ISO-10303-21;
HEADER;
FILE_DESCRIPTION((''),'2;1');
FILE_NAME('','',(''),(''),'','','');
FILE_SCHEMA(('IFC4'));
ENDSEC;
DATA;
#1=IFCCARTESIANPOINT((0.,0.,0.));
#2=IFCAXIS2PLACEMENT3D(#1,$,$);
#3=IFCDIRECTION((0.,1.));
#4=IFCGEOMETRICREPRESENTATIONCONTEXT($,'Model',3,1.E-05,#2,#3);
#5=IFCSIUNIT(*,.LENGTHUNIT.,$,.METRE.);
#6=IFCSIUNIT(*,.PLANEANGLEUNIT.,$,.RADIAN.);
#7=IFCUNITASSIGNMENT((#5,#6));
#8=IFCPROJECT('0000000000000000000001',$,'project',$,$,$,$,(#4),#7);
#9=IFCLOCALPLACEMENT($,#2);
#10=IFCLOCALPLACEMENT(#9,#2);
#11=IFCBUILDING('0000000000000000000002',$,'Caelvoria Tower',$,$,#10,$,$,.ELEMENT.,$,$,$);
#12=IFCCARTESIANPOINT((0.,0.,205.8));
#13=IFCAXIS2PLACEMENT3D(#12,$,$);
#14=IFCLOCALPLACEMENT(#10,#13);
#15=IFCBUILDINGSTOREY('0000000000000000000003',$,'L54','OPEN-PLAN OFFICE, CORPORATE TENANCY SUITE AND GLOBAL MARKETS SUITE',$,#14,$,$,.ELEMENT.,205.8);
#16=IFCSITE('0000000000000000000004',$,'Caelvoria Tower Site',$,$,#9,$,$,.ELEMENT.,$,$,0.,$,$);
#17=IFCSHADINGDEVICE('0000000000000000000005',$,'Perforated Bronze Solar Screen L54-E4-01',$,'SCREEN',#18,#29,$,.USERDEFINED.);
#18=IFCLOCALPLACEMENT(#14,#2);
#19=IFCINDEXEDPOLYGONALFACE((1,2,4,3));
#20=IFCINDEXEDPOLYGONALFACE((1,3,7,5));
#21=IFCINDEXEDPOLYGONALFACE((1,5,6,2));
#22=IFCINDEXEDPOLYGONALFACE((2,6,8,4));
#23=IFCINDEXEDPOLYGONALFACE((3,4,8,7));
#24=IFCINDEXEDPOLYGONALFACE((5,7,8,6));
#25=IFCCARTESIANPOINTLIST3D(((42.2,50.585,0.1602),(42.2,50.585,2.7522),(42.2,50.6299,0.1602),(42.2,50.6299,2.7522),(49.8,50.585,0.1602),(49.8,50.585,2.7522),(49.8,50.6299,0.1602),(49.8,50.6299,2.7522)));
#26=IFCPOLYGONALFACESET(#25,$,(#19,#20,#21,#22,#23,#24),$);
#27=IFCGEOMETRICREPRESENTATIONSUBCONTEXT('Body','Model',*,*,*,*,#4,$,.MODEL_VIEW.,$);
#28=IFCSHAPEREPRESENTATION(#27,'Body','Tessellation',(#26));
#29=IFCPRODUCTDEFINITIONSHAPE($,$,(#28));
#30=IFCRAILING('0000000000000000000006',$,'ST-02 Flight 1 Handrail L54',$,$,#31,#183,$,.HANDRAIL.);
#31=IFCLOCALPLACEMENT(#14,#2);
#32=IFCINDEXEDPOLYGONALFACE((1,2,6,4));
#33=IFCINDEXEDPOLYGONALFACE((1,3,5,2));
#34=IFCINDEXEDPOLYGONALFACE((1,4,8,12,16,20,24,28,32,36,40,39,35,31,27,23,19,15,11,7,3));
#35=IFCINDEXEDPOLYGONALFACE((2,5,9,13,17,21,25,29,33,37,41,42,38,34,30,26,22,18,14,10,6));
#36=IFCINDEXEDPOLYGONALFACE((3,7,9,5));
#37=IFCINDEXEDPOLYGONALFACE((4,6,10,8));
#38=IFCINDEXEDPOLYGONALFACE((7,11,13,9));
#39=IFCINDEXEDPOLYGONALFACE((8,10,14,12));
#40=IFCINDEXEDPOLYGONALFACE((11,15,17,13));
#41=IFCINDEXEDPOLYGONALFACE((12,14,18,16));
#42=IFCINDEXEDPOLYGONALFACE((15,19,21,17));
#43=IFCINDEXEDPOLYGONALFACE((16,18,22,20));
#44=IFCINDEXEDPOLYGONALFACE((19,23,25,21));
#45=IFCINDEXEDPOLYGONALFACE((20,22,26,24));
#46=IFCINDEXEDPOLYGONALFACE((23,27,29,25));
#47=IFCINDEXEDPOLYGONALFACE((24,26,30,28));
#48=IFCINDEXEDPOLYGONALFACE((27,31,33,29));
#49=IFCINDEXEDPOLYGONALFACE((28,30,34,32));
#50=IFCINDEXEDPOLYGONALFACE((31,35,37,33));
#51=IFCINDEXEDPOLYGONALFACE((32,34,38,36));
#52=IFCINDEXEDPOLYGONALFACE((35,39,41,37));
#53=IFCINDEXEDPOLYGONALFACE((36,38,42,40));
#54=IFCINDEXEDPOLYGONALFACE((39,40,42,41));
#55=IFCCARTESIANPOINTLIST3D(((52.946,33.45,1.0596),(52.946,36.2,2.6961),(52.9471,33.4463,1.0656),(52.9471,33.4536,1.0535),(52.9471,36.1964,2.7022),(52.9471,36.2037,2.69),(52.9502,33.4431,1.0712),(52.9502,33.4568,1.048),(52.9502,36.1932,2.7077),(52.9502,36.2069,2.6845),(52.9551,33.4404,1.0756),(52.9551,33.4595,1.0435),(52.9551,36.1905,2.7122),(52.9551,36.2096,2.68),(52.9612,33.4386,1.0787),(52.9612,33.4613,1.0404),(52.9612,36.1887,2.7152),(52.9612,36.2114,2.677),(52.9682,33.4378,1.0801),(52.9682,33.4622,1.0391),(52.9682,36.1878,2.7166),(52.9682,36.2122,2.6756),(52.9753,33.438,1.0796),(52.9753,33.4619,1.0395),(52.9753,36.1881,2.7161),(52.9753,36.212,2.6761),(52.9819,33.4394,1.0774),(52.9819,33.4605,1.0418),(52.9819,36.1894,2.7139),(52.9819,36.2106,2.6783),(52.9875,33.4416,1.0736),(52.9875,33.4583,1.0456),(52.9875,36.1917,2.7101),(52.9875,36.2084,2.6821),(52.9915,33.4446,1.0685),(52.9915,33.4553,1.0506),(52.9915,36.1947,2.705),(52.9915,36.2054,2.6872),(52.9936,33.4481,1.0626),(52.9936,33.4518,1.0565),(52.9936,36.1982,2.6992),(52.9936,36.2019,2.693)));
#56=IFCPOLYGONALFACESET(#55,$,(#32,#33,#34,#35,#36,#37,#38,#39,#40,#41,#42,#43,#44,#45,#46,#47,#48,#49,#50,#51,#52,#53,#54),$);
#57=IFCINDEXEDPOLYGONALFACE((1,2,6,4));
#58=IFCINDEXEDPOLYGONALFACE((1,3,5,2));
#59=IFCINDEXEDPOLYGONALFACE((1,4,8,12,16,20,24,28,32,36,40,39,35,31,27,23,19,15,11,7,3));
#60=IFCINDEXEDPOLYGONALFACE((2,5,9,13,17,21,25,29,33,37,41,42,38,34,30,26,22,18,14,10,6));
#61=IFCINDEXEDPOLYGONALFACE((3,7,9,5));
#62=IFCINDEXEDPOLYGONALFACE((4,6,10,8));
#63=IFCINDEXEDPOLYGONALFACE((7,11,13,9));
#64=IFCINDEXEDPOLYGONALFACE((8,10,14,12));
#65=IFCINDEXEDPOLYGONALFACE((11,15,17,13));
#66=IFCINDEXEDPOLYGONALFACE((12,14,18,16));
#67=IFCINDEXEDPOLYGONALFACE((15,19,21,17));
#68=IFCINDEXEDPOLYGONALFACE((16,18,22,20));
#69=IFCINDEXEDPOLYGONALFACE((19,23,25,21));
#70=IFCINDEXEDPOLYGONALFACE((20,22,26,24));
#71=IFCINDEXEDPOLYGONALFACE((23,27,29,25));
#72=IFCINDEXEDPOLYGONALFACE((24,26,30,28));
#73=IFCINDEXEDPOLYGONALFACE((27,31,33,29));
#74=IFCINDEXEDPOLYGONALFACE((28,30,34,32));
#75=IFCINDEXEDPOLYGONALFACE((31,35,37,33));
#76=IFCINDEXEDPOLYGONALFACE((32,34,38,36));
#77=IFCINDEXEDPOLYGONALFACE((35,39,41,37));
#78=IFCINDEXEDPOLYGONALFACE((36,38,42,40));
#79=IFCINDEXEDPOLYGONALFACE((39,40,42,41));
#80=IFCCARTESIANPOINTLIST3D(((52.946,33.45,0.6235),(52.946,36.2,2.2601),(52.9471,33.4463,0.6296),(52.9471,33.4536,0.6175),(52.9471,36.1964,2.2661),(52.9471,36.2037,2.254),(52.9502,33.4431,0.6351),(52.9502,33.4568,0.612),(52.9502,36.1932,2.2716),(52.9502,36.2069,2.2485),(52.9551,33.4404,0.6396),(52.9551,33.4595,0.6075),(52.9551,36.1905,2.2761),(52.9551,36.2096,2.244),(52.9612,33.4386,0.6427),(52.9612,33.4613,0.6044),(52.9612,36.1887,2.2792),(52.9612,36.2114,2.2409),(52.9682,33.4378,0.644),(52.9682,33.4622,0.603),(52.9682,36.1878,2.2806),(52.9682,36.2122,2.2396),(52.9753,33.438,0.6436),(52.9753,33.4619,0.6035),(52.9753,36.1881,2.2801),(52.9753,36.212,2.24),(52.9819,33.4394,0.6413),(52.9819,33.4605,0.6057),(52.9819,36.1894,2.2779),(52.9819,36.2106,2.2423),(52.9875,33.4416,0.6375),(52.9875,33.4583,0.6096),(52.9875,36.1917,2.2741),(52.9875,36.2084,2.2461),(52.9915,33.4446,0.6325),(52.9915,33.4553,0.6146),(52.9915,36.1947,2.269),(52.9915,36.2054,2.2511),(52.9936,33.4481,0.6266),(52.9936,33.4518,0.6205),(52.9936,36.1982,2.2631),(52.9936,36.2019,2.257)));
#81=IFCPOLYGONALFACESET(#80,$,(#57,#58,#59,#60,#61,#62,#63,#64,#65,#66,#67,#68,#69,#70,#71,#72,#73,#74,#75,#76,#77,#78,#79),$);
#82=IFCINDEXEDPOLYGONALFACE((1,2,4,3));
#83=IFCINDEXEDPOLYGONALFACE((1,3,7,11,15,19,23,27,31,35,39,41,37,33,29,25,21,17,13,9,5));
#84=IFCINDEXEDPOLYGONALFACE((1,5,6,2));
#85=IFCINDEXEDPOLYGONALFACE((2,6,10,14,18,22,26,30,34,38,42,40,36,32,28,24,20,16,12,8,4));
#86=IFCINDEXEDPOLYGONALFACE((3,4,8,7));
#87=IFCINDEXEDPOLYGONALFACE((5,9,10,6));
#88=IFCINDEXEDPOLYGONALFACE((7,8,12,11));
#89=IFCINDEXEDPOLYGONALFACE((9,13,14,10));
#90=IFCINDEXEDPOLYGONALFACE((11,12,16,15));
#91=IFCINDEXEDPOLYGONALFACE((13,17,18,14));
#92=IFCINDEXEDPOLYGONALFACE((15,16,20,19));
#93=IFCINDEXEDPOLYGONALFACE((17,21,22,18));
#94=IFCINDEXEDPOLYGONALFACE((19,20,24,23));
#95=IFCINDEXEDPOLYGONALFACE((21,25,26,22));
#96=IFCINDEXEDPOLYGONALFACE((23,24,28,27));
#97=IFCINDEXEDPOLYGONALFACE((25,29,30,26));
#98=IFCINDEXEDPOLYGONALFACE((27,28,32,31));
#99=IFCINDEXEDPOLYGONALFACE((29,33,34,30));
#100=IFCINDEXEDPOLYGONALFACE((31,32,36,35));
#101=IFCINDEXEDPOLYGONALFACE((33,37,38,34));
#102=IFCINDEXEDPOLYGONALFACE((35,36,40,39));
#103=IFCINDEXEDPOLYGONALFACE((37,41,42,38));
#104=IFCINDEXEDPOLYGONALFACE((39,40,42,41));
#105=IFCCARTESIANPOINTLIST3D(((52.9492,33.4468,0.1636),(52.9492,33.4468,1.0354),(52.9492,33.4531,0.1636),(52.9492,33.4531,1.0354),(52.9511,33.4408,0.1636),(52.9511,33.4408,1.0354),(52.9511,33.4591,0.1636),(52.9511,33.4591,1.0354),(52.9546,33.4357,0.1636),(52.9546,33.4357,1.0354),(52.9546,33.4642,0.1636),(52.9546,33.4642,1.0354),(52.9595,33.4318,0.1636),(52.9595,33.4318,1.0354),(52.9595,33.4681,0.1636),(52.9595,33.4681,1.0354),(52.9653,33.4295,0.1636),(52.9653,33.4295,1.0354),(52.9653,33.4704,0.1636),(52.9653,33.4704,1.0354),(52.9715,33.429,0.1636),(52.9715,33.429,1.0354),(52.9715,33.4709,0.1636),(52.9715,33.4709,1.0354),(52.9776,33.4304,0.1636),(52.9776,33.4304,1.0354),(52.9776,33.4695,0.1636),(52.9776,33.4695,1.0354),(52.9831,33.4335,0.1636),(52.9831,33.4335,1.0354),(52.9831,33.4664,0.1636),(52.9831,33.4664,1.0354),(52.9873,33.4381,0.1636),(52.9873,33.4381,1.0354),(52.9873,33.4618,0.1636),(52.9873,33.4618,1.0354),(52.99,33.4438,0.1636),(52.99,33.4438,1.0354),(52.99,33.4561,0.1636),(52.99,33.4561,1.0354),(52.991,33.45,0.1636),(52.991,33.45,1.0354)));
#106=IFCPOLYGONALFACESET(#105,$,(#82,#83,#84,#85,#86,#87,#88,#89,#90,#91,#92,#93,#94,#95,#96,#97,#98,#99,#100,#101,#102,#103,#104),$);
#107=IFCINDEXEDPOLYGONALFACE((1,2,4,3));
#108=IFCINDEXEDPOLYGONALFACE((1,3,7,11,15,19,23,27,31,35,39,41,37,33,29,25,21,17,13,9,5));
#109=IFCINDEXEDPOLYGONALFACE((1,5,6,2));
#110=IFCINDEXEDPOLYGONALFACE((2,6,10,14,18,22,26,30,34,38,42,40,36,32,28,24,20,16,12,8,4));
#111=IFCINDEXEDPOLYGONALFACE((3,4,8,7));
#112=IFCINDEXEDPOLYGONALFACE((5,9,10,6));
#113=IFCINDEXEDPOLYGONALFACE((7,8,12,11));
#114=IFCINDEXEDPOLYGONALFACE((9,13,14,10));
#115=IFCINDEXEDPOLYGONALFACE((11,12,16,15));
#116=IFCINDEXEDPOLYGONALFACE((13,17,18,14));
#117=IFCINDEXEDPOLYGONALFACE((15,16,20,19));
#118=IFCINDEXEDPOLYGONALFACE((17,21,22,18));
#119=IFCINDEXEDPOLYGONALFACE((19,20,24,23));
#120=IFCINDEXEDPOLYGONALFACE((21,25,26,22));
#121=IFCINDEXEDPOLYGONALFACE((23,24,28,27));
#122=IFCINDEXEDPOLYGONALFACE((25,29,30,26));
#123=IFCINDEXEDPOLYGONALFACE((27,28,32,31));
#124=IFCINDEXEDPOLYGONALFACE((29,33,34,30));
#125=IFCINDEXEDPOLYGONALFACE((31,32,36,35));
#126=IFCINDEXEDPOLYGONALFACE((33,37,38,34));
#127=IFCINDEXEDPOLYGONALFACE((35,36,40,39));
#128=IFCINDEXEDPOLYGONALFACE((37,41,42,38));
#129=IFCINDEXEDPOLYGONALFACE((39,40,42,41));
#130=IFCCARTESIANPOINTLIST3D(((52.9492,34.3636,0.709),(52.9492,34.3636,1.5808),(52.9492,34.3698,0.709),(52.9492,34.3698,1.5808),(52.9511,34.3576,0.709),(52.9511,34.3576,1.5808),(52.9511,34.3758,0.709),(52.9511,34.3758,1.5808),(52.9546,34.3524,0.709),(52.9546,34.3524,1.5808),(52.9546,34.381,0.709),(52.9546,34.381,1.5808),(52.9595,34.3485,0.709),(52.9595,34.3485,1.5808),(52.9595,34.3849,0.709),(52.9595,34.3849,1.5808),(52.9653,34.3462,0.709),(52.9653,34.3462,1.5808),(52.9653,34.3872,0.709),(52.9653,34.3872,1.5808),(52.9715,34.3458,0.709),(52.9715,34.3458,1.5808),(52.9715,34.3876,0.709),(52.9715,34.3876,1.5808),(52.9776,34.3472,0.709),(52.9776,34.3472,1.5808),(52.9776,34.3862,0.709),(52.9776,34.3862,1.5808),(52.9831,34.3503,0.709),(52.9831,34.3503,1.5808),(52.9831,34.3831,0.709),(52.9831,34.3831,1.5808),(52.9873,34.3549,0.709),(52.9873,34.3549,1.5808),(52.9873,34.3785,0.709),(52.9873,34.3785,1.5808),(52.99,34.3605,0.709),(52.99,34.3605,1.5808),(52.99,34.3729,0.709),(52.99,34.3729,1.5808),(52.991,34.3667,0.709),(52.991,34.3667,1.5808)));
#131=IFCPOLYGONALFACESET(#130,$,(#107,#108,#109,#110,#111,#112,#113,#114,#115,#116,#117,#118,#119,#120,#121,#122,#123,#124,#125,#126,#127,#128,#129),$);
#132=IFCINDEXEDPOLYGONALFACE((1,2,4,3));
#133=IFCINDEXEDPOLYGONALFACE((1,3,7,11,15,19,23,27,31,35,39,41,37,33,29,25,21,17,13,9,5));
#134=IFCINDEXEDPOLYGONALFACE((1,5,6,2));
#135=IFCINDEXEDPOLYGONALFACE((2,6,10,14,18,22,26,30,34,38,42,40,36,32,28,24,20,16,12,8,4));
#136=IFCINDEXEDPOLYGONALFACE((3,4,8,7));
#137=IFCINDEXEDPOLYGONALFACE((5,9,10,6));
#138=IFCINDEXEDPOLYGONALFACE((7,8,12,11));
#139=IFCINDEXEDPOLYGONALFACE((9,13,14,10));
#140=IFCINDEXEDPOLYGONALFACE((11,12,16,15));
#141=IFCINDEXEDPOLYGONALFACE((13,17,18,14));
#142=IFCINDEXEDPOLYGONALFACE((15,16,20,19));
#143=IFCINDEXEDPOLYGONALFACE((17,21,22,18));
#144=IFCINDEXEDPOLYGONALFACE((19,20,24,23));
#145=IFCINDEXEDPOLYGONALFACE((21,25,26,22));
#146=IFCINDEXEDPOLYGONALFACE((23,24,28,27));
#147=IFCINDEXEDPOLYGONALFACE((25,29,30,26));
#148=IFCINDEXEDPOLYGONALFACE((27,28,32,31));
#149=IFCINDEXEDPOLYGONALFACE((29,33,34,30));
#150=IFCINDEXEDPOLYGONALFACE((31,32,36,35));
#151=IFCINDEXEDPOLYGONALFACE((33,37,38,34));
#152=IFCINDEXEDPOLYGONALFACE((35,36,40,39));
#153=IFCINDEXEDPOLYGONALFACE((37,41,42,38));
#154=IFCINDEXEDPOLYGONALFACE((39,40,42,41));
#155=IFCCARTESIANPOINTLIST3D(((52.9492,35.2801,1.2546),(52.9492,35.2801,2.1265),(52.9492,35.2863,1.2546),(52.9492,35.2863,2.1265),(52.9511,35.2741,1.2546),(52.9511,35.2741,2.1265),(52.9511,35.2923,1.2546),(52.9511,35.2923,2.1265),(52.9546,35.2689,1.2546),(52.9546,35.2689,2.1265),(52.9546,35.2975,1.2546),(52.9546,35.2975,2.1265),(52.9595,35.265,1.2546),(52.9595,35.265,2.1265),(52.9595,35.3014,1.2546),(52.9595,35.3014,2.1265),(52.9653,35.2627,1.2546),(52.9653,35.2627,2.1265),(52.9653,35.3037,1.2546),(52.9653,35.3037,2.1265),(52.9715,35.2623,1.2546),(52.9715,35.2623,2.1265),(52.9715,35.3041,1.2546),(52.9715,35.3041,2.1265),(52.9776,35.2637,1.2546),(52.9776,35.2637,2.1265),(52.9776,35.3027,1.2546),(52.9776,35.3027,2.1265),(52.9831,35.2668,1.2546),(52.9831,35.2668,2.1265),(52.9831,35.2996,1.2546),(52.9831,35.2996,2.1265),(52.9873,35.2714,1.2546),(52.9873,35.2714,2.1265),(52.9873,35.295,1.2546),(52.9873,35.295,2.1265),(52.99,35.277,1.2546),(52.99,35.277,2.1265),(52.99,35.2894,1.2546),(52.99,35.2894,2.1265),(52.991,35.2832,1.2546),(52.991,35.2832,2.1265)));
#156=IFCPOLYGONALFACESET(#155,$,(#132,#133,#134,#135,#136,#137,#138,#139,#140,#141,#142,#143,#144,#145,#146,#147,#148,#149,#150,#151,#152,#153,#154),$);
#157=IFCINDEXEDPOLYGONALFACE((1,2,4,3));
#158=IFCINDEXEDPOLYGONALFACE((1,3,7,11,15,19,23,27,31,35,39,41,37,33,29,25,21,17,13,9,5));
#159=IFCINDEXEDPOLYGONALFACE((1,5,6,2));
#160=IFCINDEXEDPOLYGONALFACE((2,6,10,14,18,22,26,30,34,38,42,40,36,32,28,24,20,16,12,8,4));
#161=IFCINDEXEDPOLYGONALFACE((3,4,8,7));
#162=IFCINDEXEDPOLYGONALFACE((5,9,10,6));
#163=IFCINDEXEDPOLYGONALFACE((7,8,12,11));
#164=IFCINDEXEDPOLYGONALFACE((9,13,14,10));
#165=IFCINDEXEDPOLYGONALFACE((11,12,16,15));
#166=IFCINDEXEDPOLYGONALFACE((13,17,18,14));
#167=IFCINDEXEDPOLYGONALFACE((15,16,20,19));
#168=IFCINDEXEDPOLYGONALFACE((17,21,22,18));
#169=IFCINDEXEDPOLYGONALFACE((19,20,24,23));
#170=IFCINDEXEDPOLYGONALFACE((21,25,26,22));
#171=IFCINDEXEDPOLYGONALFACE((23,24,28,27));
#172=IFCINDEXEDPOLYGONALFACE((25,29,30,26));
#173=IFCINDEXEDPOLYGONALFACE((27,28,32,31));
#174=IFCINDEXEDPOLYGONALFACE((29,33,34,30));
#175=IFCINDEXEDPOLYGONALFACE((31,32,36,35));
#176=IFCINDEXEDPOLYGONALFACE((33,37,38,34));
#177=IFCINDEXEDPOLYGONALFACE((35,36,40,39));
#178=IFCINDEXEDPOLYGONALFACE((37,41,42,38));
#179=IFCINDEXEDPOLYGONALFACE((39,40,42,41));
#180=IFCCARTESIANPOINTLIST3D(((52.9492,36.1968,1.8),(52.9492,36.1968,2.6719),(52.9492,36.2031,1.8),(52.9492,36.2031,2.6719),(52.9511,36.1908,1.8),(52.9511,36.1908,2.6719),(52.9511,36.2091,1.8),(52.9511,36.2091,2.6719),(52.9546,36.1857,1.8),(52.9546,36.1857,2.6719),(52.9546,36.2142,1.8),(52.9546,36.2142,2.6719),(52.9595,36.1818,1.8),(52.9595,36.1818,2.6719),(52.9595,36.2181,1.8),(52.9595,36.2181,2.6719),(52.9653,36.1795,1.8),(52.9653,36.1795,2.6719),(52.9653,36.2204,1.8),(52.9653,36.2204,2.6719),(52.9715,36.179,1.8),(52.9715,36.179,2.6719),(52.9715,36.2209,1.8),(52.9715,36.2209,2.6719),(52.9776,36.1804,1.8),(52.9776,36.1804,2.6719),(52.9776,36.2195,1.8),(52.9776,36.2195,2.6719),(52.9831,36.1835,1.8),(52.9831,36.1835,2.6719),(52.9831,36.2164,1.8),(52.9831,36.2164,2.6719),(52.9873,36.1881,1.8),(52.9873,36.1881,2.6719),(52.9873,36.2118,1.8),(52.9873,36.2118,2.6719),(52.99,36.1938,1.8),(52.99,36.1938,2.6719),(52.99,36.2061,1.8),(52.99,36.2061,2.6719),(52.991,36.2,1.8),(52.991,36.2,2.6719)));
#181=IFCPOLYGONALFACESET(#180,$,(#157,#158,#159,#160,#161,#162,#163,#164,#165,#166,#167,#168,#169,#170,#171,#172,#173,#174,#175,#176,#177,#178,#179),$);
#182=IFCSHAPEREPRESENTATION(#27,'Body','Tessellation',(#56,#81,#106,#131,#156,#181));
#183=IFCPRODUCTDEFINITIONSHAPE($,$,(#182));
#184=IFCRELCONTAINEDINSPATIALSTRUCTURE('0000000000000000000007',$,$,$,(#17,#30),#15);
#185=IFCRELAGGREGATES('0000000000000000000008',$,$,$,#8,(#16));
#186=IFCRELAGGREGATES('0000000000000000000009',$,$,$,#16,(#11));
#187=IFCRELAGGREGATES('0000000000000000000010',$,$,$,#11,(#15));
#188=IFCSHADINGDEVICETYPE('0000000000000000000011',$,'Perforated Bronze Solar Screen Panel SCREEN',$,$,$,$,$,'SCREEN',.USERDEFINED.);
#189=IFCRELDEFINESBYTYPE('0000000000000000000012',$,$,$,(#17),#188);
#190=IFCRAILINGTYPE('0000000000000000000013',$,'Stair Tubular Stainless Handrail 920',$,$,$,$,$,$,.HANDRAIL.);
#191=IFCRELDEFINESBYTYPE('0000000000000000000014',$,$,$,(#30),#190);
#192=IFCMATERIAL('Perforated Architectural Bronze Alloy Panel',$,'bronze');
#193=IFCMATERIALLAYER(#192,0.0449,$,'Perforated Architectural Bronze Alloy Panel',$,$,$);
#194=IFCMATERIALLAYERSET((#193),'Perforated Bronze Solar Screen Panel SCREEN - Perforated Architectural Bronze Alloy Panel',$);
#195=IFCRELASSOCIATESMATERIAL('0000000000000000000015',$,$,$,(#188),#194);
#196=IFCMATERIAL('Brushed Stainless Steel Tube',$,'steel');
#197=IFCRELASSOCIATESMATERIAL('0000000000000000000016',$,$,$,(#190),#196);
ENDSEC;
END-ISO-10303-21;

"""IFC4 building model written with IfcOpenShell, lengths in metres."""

from ifc_helpers import new_model, si_unit, direction, frame, origin, origin_2d, place, context, subcontext, project, spatial, rectangle, circle, extrude, material, layer, layer_set, type_object, element, save


model = new_model("IFC4")

# Units and contexts
model_context = context("Model", 3, precision=1e-05, world=origin(), true_north=direction((0.0, 1.0)))
body_context = subcontext(model_context, "Body", "Model", "MODEL_VIEW")
ifc_project = project(units=[si_unit("LENGTHUNIT", "METRE"), si_unit("PLANEANGLEUNIT", "RADIAN")], contexts=[model_context])

# Site, building, storey
site_placement = place(None, origin())
site = spatial("IfcSite", under=ifc_project, at=site_placement, Name="Caelvoria Tower Site", CompositionType="ELEMENT", RefElevation=0.0)
building_placement = place(site_placement, origin())
building = spatial("IfcBuilding", under=site, at=building_placement, Name="Caelvoria Tower", CompositionType="ELEMENT")
storey_placement = place(building_placement, frame((0.0, 0.0, 205.8)))
storey = spatial("IfcBuildingStorey", under=building, at=storey_placement, Name="L54", Description="OPEN-PLAN OFFICE, CORPORATE TENANCY SUITE AND GLOBAL MARKETS SUITE", CompositionType="ELEMENT", Elevation=205.8)

# Shading device
ifc_material_1 = material(Name="Perforated Architectural Bronze Alloy Panel", Category="bronze")
ifc_layer_1 = layer(ifc_material_1, 0.0449, Name="Perforated Architectural Bronze Alloy Panel")
ifc_layer_set_1 = layer_set([ifc_layer_1], Name="Perforated Bronze Solar Screen Panel SCREEN - Perforated Architectural Bronze Alloy Panel")
shading_device_type = type_object("IfcShadingDeviceType", Name="Perforated Bronze Solar Screen Panel SCREEN", ElementType="SCREEN", PredefinedType="USERDEFINED", material=ifc_layer_set_1)
for number, where, z_axis, x_axis, name in (
    (1, (46.0, 50.6074, 0.1602), (0.0, 0.0, 1.0), (-1.0, 0.0, 0.0), "Perforated Bronze Solar Screen L54-E4-01"),
):
    element("IfcShadingDevice", number, at=place(storey_placement, frame(where, z_axis=z_axis, x_axis=x_axis)), inside=storey, type_object=shading_device_type, Name=name, ObjectType="SCREEN", PredefinedType="USERDEFINED", context=body_context, shape_type="SweptSolid", body=[
        extrude(rectangle(XDim=7.6001, YDim=0.0449, at=origin_2d()), origin(), (0.0, 0.0, 1.0), 2.592),
    ])

# Railing
ifc_material_2 = material(Name="Brushed Stainless Steel Tube", Category="steel")
railing_type_1 = type_object("IfcRailingType", Name="Stair Tubular Stainless Handrail 920", PredefinedType="HANDRAIL", material=ifc_material_2)
railing_1_placement = place(storey_placement, frame((52.97, 33.45, 0.1636)))
element("IfcRailing", 2, at=railing_1_placement, inside=storey, type_object=railing_type_1, Name="ST-02 Flight 1 Handrail L54", PredefinedType="HANDRAIL", context=body_context, shape_type="SweptSolid", body=[
    extrude(circle(Radius=0.0239, at=origin_2d()), frame((0.0, 0.0, 0.896), z_axis=(0.0, 0.859352, 0.511385), x_axis=(-1.0, 0.0, 0.0)), (0.0, 0.0, 1.0), 3.2002),
    extrude(circle(Radius=0.0239, at=origin_2d()), frame((0.0, 0.0, 0.46), z_axis=(0.0, 0.859352, 0.511385), x_axis=(-1.0, 0.0, 0.0)), (0.0, 0.0, 1.0), 3.2002),
    extrude(circle(Radius=0.021, at=origin_2d()), origin(), (0.0, 0.0, 1.0), 0.8718),
    extrude(circle(Radius=0.021, at=origin_2d()), frame((0.0, 0.9167, 0.5454)), (0.0, 0.0, 1.0), 0.8718),
    extrude(circle(Radius=0.021, at=origin_2d()), frame((0.0, 1.8333, 1.0911)), (0.0, 0.0, 1.0), 0.8718),
    extrude(circle(Radius=0.021, at=origin_2d()), frame((0.0, 2.75, 1.6365)), (0.0, 0.0, 1.0), 0.8718),
])

save(model, "model.ifc")
